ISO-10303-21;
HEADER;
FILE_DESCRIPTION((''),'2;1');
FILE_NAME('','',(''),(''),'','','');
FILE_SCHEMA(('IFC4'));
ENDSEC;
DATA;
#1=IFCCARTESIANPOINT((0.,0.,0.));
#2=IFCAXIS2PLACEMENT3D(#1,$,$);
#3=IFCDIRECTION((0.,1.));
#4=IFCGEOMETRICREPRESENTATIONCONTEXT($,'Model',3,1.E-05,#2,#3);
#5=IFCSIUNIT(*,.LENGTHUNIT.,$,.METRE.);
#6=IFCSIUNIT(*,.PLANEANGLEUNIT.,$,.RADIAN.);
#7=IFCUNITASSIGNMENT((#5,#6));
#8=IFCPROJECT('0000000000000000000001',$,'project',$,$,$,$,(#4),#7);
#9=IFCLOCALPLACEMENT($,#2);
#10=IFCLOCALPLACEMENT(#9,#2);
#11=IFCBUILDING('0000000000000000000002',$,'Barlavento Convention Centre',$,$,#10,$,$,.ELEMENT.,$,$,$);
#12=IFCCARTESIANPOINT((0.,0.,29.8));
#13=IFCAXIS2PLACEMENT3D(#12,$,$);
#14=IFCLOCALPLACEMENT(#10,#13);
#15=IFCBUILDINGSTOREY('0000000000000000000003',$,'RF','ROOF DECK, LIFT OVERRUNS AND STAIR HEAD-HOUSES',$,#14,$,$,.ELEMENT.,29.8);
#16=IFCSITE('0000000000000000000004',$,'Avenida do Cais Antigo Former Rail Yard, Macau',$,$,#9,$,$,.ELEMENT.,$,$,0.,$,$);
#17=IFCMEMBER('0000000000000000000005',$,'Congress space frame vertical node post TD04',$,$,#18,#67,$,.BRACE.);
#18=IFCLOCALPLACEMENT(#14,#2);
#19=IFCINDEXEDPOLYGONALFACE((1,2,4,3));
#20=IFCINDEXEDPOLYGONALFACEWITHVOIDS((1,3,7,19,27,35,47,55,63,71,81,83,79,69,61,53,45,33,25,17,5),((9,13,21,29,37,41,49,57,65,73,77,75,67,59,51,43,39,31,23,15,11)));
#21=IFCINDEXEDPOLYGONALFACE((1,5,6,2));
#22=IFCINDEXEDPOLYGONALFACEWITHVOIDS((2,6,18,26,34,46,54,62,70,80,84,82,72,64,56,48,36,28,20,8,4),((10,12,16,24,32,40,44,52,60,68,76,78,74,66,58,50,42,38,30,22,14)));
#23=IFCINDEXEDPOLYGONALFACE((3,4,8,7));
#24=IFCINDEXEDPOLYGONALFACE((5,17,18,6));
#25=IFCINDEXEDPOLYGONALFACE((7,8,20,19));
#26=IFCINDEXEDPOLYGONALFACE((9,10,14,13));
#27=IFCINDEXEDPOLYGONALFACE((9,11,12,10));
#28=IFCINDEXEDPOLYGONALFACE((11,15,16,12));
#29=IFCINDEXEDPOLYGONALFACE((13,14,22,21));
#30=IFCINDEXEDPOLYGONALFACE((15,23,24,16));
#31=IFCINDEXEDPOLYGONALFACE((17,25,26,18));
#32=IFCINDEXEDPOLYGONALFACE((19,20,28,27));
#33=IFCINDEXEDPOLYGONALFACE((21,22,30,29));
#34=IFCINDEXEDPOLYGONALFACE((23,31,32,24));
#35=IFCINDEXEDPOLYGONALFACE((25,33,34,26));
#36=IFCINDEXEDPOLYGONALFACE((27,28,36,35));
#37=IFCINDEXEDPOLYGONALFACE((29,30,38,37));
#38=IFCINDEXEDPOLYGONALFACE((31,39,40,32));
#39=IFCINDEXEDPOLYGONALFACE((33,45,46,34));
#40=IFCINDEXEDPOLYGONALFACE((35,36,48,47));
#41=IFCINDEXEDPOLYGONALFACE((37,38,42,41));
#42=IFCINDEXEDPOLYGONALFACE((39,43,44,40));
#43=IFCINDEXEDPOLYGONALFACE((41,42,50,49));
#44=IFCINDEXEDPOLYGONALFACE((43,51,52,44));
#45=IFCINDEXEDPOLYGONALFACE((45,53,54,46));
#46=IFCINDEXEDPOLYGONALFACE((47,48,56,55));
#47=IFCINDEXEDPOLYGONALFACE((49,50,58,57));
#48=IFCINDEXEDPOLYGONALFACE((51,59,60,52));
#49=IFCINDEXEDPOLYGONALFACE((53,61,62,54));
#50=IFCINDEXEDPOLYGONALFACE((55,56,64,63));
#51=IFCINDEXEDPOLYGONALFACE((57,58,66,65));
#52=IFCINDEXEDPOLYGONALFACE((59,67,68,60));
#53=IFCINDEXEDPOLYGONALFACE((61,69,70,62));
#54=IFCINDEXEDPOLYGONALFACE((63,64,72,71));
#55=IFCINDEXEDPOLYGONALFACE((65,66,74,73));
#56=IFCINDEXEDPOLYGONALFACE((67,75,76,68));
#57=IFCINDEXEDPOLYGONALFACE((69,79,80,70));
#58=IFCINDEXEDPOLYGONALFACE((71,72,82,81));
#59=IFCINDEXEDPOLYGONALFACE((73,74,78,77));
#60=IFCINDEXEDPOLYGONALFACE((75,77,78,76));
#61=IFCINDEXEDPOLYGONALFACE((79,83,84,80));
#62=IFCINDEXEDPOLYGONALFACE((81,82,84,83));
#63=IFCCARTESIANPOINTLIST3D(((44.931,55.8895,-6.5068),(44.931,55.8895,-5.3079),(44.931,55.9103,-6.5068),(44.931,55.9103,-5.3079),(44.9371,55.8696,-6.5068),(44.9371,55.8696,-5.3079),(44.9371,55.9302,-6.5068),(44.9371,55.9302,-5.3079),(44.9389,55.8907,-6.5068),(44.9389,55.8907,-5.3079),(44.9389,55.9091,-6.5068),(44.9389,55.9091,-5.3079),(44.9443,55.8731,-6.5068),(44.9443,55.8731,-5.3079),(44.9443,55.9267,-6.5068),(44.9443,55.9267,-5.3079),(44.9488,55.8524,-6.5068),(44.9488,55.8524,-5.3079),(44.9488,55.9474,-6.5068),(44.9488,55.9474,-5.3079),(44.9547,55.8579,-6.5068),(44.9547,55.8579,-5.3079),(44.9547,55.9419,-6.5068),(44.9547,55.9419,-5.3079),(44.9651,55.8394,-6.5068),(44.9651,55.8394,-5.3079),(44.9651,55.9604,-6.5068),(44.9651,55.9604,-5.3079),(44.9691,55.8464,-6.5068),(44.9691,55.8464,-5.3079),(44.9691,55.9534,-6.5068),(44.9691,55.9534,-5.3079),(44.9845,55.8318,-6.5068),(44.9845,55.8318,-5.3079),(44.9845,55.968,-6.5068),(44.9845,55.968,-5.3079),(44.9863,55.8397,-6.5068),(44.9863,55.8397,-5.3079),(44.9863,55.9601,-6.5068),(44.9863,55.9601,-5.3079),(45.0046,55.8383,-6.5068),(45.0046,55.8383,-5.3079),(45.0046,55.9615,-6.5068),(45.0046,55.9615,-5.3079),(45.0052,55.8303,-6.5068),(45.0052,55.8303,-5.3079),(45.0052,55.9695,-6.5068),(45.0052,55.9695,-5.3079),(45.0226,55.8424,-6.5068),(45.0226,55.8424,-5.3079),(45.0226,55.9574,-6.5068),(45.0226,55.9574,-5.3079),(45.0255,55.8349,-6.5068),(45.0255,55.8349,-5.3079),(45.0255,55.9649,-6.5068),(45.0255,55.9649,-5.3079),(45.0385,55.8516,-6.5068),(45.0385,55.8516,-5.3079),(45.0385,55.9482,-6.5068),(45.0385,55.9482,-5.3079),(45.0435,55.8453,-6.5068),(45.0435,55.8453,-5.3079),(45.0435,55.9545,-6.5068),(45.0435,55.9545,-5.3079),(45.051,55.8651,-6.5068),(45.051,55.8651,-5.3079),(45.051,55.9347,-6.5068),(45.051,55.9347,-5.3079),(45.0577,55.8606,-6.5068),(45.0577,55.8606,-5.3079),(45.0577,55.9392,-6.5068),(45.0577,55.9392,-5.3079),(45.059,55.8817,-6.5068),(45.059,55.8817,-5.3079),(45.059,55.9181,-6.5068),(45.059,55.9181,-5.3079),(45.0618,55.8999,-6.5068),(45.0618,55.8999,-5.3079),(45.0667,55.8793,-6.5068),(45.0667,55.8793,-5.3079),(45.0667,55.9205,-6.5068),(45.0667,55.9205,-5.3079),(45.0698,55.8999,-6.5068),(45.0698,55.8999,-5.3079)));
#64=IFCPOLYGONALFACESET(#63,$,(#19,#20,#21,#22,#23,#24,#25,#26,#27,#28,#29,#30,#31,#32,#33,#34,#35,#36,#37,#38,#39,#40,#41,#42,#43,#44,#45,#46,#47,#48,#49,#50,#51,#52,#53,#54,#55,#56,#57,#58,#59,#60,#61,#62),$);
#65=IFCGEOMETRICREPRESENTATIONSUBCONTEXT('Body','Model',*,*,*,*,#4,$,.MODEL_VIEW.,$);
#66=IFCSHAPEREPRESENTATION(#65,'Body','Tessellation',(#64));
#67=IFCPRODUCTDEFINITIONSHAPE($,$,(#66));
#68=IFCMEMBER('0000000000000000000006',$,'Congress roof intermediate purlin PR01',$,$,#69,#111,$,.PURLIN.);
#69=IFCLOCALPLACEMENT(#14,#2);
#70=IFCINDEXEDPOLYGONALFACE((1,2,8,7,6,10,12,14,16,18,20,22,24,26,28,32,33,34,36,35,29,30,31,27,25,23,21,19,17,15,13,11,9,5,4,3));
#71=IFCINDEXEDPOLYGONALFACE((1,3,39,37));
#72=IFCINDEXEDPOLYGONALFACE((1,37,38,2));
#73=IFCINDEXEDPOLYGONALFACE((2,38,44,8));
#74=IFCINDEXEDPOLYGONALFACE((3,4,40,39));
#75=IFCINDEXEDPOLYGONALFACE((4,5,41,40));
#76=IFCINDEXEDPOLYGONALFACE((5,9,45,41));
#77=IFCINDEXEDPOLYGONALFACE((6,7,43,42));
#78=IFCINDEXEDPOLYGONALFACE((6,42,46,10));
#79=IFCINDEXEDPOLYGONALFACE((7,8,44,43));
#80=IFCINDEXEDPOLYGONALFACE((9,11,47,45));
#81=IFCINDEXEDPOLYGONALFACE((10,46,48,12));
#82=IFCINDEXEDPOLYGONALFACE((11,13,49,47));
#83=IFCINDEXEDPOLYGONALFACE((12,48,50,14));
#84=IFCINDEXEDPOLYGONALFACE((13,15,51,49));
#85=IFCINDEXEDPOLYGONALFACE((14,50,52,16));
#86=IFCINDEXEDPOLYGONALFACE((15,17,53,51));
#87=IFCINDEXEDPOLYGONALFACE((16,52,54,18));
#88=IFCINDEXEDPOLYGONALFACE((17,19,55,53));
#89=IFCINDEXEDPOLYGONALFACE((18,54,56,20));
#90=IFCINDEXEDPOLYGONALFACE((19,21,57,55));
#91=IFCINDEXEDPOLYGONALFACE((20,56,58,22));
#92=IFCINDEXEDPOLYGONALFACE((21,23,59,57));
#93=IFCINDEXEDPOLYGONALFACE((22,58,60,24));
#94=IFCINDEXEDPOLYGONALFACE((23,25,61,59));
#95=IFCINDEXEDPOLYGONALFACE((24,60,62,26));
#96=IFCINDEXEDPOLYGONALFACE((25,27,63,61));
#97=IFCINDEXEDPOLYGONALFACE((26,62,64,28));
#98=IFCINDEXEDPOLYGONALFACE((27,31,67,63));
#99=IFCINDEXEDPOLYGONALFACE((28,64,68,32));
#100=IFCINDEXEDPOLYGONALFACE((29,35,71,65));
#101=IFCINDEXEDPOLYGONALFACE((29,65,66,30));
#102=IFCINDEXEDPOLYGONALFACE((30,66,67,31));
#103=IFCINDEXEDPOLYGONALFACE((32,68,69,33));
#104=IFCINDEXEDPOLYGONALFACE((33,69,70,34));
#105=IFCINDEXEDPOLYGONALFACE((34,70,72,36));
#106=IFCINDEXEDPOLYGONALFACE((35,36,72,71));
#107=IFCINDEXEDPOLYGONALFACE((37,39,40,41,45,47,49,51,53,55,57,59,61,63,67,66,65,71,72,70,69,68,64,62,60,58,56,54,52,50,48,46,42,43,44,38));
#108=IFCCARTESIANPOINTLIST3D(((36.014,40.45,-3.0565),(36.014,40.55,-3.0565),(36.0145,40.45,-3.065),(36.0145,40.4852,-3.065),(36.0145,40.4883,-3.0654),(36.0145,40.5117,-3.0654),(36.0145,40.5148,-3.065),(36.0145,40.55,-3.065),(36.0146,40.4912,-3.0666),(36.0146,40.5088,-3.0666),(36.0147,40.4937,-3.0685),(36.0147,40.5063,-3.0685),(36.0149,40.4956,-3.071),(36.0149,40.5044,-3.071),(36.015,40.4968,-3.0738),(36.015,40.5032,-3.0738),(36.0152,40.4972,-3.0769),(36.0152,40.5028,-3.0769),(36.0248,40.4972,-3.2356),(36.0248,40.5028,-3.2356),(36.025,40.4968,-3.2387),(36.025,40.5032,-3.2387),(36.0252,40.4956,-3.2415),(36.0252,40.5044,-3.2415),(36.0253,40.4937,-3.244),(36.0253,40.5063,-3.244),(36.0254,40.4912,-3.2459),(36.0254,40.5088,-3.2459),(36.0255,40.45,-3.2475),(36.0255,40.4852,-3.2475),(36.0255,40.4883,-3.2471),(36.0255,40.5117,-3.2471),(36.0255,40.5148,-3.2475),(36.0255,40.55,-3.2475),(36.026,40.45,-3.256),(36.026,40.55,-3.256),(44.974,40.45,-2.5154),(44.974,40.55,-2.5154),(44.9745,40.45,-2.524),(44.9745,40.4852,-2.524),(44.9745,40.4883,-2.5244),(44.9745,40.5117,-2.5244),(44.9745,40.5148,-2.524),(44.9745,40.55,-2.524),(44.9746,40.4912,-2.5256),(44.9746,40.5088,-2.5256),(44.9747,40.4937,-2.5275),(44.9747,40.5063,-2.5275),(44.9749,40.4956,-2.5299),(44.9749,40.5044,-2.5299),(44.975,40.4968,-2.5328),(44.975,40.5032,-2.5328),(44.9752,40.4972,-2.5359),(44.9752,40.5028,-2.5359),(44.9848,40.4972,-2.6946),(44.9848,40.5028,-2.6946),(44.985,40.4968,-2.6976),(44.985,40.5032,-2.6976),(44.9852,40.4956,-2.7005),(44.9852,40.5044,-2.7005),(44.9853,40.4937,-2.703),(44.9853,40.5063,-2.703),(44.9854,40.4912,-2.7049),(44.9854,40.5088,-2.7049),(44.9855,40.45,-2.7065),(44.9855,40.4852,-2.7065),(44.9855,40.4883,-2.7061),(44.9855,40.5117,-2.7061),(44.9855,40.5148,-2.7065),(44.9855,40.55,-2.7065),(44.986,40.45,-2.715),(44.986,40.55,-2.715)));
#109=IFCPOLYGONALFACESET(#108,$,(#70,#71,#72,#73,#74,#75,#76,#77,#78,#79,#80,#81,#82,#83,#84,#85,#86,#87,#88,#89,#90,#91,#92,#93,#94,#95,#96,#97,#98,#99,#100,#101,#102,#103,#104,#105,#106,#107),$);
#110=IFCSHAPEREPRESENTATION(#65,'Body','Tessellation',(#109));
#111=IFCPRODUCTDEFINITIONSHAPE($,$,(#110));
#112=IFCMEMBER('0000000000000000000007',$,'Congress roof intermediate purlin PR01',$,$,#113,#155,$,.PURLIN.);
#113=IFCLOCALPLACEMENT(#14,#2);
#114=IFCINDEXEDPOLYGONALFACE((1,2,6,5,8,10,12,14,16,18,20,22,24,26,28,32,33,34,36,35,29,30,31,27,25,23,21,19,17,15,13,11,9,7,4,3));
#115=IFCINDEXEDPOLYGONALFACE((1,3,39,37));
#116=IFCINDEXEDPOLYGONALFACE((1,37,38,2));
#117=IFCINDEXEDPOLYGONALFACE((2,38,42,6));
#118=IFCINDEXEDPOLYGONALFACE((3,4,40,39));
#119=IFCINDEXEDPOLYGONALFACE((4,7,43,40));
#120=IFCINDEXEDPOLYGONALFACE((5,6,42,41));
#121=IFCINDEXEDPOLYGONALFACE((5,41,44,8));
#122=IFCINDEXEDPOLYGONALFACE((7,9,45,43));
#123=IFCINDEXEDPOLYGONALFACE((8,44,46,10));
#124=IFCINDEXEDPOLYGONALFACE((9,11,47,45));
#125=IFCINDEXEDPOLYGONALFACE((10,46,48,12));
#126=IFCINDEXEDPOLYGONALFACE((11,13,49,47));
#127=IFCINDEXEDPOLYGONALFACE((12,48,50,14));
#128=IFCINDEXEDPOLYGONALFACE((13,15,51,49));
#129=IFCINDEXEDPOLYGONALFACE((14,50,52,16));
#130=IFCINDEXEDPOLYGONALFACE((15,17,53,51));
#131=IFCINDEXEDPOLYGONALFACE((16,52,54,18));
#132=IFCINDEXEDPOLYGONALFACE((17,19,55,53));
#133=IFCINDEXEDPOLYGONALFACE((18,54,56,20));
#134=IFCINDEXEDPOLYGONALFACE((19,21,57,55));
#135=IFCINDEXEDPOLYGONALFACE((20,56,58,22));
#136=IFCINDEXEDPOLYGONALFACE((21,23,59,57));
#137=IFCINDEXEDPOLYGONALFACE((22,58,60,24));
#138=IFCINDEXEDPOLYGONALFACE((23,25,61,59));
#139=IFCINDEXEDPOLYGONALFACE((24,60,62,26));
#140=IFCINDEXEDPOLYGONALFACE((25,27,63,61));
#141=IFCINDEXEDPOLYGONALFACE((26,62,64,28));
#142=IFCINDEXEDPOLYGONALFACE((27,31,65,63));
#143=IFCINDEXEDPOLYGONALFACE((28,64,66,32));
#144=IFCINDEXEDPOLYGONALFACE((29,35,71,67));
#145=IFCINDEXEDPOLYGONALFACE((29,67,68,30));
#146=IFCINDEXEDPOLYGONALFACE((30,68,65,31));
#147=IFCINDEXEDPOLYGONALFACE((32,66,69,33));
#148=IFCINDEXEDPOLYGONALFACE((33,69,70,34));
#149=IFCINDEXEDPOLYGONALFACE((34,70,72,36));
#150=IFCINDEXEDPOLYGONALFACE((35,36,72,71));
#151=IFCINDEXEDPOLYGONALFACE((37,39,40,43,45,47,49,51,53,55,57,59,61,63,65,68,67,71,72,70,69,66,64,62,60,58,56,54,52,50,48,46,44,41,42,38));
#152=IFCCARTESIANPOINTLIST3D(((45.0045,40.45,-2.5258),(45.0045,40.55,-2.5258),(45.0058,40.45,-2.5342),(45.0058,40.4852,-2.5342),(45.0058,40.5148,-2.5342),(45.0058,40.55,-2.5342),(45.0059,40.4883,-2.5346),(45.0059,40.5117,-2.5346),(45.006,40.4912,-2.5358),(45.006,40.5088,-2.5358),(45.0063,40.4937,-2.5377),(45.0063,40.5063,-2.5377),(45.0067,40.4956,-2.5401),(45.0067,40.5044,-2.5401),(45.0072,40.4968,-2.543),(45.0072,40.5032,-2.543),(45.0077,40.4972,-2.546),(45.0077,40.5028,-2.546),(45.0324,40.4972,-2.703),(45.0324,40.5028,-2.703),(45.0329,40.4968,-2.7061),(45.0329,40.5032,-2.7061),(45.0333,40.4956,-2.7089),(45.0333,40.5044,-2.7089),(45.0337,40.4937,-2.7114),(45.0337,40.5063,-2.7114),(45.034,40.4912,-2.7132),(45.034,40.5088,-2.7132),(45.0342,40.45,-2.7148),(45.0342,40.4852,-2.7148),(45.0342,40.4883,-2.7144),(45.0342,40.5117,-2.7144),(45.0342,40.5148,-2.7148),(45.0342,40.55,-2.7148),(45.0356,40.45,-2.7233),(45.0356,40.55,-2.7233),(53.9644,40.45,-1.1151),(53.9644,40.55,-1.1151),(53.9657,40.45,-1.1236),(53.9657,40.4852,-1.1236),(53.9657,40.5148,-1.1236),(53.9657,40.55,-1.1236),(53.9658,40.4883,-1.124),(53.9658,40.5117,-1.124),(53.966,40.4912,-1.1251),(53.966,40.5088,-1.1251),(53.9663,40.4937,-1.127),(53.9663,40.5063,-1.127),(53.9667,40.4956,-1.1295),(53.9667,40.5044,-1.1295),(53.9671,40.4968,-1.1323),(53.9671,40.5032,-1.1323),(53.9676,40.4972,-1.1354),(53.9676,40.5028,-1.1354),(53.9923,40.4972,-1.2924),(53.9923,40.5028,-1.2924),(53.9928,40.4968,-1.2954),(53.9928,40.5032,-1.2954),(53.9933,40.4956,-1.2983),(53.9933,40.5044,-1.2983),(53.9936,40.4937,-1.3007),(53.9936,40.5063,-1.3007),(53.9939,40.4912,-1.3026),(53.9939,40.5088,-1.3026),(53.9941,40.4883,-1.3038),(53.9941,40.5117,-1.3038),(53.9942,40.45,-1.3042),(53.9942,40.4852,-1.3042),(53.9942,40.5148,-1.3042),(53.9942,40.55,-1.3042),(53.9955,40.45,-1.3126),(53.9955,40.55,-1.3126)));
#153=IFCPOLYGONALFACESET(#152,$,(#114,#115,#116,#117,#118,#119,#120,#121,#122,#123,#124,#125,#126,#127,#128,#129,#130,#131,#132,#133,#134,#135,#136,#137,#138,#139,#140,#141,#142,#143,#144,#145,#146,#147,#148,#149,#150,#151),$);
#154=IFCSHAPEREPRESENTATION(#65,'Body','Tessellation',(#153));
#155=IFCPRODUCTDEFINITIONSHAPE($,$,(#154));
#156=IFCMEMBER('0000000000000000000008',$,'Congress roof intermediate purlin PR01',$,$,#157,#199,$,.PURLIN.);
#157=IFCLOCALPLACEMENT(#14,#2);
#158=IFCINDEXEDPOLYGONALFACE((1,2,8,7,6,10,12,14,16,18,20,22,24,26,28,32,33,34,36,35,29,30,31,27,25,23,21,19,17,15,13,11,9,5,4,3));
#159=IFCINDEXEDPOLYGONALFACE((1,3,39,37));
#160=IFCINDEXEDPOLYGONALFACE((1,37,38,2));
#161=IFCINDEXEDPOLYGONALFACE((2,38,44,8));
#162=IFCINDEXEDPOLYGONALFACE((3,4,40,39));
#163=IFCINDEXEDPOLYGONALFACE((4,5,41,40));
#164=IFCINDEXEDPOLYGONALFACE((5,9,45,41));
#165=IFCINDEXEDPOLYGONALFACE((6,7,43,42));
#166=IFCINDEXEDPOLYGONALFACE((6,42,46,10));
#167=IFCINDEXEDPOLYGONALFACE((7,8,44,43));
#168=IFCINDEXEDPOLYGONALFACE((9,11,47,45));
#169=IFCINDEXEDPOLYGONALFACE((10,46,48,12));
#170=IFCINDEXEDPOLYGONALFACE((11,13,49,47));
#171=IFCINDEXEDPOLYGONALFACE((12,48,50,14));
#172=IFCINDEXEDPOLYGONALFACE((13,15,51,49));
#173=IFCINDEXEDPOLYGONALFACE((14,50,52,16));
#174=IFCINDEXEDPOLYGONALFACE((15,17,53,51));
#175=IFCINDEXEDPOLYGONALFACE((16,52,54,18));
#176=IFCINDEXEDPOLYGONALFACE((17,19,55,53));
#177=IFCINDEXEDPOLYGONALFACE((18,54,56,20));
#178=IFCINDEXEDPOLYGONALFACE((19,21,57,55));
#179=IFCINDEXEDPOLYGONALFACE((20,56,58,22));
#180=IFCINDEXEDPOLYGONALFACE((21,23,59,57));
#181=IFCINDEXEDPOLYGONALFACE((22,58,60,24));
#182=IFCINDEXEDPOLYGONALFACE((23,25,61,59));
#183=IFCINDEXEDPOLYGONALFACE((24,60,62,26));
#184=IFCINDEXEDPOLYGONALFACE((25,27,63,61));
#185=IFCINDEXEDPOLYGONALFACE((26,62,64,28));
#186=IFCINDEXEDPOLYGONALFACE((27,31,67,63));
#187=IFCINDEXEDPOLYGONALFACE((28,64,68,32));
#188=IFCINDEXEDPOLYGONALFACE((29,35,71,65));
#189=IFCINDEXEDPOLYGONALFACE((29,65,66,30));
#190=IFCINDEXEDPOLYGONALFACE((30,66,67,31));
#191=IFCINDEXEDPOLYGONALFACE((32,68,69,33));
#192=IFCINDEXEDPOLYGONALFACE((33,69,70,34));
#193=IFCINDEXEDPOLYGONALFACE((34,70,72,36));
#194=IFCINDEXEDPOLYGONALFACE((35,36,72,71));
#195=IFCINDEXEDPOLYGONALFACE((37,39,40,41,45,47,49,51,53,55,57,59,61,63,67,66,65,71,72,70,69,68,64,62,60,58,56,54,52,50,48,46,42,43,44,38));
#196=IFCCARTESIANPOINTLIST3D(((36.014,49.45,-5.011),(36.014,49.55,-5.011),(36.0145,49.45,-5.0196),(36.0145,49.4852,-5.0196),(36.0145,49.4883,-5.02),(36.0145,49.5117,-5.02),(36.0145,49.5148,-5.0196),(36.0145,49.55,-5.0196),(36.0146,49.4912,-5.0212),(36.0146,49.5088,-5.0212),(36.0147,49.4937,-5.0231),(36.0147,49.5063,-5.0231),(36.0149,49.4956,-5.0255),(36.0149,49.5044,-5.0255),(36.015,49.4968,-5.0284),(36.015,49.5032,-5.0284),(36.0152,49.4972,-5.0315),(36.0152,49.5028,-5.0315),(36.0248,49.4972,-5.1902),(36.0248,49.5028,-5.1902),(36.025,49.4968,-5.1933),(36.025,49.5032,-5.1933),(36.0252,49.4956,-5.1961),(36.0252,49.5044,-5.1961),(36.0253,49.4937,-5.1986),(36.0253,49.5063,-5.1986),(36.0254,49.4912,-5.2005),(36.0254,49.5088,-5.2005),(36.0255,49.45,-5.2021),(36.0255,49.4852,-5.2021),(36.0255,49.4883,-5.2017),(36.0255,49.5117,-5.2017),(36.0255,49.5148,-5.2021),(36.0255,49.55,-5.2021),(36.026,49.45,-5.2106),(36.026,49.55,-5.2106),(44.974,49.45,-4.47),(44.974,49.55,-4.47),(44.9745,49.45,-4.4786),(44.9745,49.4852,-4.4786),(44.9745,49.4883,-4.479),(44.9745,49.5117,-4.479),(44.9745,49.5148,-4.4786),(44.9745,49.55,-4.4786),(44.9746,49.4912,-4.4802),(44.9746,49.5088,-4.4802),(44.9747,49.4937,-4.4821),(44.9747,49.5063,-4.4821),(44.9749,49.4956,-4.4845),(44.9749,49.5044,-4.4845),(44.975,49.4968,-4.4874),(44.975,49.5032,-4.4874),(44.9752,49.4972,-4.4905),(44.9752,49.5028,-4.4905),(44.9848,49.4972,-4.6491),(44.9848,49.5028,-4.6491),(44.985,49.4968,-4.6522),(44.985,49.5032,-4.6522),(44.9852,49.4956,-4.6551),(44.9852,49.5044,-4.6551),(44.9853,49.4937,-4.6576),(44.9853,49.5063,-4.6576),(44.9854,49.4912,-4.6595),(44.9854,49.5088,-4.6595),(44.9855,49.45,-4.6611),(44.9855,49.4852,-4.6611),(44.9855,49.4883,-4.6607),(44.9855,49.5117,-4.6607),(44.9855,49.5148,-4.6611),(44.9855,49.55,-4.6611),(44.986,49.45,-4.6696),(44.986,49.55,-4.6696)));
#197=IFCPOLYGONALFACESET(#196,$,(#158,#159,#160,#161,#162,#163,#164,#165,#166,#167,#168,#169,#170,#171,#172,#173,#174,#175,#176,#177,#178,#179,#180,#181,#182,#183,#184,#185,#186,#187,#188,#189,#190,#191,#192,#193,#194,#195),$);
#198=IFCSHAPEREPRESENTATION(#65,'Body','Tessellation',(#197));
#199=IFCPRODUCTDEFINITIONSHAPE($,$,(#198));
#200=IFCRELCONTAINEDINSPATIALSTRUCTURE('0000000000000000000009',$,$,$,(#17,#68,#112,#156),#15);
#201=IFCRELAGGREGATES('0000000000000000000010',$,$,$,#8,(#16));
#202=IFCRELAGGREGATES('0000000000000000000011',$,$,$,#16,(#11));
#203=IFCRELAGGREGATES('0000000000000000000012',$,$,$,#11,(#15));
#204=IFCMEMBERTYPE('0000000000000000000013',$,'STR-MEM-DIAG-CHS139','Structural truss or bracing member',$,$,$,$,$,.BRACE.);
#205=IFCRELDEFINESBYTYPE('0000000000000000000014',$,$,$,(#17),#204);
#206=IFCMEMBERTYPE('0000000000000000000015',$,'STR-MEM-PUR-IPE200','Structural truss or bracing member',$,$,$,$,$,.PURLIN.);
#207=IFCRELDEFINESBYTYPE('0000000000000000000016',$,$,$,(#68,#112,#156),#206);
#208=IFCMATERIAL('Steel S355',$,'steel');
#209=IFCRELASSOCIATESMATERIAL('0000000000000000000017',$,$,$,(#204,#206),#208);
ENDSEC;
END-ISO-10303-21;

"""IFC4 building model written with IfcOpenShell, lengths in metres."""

from ifc_helpers import new_model, si_unit, direction, frame, origin, origin_2d, place, context, subcontext, project, spatial, hollow_circle, i_section, extrude, material, material_profile, profile_set, type_object, element, save


model = new_model("IFC4")

# Units and contexts
model_context = context("Model", 3, precision=1e-05, world=origin(), true_north=direction((0.0, 1.0)))
body_context = subcontext(model_context, "Body", "Model", "MODEL_VIEW")
ifc_project = project(units=[si_unit("LENGTHUNIT", "METRE"), si_unit("PLANEANGLEUNIT", "RADIAN")], contexts=[model_context])

# Site, building, storey
site_placement = place(None, origin())
site = spatial("IfcSite", under=ifc_project, at=site_placement, Name="Avenida do Cais Antigo Former Rail Yard, Macau", CompositionType="ELEMENT", RefElevation=0.0)
building_placement = place(site_placement, origin())
building = spatial("IfcBuilding", under=site, at=building_placement, Name="Barlavento Convention Centre", CompositionType="ELEMENT")
storey_placement = place(building_placement, frame((0.0, 0.0, 29.8)))
storey = spatial("IfcBuildingStorey", under=building, at=storey_placement, Name="RF", Description="ROOF DECK, LIFT OVERRUNS AND STAIR HEAD-HOUSES", CompositionType="ELEMENT", Elevation=29.8)

# Shared definitions
ifc_material_1 = material(Name="Steel S355", Category="steel")

# Members
ifc_material_profile_1 = material_profile(ifc_material_1, hollow_circle(Radius=0.0698, WallThickness=0.0081, at=origin_2d()), Name="CHS 139.7x8.0")
ifc_profile_set_1 = profile_set([ifc_material_profile_1], Name="Steel S355")
member_type_1 = type_object("IfcMemberType", Name="STR-MEM-DIAG-CHS139", Description="Structural truss or bracing member", PredefinedType="BRACE", material=ifc_profile_set_1)
member_1_placement = place(storey_placement, frame((45.0, 55.8999, -6.5068), z_axis=(0.0, 0.0, 1.0), x_axis=(1.0, 0.0, 0.0)))
element("IfcMember", 1, at=member_1_placement, inside=storey, type_object=member_type_1, Name="Congress space frame vertical node post TD04", PredefinedType="BRACE", context=body_context, shape_type="SweptSolid", body=[
    extrude(hollow_circle(Radius=0.0698, WallThickness=0.0081, at=origin_2d()), origin(), (0.0, 0.0, 1.0), 1.199),
])
ifc_material_profile_2 = material_profile(ifc_material_1, i_section(OverallWidth=0.1001, OverallDepth=0.2, WebThickness=0.0056, FlangeThickness=0.0085, FilletRadius=0.012, at=origin_2d()), Name="IPE 200")
ifc_profile_set_2 = profile_set([ifc_material_profile_2], Name="Steel S355")
member_type_2 = type_object("IfcMemberType", Name="STR-MEM-PUR-IPE200", Description="Structural truss or bracing member", PredefinedType="PURLIN", material=ifc_profile_set_2)
member_2_placement = place(storey_placement, frame((36.02, 40.5, -3.1562), z_axis=(0.998182, 0.0, 0.060272), x_axis=(0.0, 1.0, 0.0)))
element("IfcMember", 2, at=member_2_placement, inside=storey, type_object=member_type_2, Name="Congress roof intermediate purlin PR01", PredefinedType="PURLIN", context=body_context, shape_type="SweptSolid", body=[
    extrude(i_section(OverallWidth=0.1001, OverallDepth=0.2, WebThickness=0.0056, FlangeThickness=0.0085, FilletRadius=0.012, at=origin_2d()), origin(), (0.0, 0.0, 1.0), 8.9763),
])
member_3_placement = place(storey_placement, frame((45.02, 40.5, -2.6245), z_axis=(0.987832, 0.0, 0.155523), x_axis=(0.0, 1.0, 0.0)))
element("IfcMember", 3, at=member_3_placement, inside=storey, type_object=member_type_2, Name="Congress roof intermediate purlin PR01", PredefinedType="PURLIN", context=body_context, shape_type="SweptSolid", body=[
    extrude(i_section(OverallWidth=0.1001, OverallDepth=0.2, WebThickness=0.0056, FlangeThickness=0.0085, FilletRadius=0.012, at=origin_2d()), origin(), (0.0, 0.0, 1.0), 9.0703),
])
member_4_placement = place(storey_placement, frame((36.02, 49.5, -5.1108), z_axis=(0.998182, 0.0, 0.060272), x_axis=(0.0, 1.0, 0.0)))
element("IfcMember", 4, at=member_4_placement, inside=storey, type_object=member_type_2, Name="Congress roof intermediate purlin PR01", PredefinedType="PURLIN", context=body_context, shape_type="SweptSolid", body=[
    extrude(i_section(OverallWidth=0.1001, OverallDepth=0.2, WebThickness=0.0056, FlangeThickness=0.0085, FilletRadius=0.012, at=origin_2d()), origin(), (0.0, 0.0, 1.0), 8.9763),
])

save(model, "model.ifc")
